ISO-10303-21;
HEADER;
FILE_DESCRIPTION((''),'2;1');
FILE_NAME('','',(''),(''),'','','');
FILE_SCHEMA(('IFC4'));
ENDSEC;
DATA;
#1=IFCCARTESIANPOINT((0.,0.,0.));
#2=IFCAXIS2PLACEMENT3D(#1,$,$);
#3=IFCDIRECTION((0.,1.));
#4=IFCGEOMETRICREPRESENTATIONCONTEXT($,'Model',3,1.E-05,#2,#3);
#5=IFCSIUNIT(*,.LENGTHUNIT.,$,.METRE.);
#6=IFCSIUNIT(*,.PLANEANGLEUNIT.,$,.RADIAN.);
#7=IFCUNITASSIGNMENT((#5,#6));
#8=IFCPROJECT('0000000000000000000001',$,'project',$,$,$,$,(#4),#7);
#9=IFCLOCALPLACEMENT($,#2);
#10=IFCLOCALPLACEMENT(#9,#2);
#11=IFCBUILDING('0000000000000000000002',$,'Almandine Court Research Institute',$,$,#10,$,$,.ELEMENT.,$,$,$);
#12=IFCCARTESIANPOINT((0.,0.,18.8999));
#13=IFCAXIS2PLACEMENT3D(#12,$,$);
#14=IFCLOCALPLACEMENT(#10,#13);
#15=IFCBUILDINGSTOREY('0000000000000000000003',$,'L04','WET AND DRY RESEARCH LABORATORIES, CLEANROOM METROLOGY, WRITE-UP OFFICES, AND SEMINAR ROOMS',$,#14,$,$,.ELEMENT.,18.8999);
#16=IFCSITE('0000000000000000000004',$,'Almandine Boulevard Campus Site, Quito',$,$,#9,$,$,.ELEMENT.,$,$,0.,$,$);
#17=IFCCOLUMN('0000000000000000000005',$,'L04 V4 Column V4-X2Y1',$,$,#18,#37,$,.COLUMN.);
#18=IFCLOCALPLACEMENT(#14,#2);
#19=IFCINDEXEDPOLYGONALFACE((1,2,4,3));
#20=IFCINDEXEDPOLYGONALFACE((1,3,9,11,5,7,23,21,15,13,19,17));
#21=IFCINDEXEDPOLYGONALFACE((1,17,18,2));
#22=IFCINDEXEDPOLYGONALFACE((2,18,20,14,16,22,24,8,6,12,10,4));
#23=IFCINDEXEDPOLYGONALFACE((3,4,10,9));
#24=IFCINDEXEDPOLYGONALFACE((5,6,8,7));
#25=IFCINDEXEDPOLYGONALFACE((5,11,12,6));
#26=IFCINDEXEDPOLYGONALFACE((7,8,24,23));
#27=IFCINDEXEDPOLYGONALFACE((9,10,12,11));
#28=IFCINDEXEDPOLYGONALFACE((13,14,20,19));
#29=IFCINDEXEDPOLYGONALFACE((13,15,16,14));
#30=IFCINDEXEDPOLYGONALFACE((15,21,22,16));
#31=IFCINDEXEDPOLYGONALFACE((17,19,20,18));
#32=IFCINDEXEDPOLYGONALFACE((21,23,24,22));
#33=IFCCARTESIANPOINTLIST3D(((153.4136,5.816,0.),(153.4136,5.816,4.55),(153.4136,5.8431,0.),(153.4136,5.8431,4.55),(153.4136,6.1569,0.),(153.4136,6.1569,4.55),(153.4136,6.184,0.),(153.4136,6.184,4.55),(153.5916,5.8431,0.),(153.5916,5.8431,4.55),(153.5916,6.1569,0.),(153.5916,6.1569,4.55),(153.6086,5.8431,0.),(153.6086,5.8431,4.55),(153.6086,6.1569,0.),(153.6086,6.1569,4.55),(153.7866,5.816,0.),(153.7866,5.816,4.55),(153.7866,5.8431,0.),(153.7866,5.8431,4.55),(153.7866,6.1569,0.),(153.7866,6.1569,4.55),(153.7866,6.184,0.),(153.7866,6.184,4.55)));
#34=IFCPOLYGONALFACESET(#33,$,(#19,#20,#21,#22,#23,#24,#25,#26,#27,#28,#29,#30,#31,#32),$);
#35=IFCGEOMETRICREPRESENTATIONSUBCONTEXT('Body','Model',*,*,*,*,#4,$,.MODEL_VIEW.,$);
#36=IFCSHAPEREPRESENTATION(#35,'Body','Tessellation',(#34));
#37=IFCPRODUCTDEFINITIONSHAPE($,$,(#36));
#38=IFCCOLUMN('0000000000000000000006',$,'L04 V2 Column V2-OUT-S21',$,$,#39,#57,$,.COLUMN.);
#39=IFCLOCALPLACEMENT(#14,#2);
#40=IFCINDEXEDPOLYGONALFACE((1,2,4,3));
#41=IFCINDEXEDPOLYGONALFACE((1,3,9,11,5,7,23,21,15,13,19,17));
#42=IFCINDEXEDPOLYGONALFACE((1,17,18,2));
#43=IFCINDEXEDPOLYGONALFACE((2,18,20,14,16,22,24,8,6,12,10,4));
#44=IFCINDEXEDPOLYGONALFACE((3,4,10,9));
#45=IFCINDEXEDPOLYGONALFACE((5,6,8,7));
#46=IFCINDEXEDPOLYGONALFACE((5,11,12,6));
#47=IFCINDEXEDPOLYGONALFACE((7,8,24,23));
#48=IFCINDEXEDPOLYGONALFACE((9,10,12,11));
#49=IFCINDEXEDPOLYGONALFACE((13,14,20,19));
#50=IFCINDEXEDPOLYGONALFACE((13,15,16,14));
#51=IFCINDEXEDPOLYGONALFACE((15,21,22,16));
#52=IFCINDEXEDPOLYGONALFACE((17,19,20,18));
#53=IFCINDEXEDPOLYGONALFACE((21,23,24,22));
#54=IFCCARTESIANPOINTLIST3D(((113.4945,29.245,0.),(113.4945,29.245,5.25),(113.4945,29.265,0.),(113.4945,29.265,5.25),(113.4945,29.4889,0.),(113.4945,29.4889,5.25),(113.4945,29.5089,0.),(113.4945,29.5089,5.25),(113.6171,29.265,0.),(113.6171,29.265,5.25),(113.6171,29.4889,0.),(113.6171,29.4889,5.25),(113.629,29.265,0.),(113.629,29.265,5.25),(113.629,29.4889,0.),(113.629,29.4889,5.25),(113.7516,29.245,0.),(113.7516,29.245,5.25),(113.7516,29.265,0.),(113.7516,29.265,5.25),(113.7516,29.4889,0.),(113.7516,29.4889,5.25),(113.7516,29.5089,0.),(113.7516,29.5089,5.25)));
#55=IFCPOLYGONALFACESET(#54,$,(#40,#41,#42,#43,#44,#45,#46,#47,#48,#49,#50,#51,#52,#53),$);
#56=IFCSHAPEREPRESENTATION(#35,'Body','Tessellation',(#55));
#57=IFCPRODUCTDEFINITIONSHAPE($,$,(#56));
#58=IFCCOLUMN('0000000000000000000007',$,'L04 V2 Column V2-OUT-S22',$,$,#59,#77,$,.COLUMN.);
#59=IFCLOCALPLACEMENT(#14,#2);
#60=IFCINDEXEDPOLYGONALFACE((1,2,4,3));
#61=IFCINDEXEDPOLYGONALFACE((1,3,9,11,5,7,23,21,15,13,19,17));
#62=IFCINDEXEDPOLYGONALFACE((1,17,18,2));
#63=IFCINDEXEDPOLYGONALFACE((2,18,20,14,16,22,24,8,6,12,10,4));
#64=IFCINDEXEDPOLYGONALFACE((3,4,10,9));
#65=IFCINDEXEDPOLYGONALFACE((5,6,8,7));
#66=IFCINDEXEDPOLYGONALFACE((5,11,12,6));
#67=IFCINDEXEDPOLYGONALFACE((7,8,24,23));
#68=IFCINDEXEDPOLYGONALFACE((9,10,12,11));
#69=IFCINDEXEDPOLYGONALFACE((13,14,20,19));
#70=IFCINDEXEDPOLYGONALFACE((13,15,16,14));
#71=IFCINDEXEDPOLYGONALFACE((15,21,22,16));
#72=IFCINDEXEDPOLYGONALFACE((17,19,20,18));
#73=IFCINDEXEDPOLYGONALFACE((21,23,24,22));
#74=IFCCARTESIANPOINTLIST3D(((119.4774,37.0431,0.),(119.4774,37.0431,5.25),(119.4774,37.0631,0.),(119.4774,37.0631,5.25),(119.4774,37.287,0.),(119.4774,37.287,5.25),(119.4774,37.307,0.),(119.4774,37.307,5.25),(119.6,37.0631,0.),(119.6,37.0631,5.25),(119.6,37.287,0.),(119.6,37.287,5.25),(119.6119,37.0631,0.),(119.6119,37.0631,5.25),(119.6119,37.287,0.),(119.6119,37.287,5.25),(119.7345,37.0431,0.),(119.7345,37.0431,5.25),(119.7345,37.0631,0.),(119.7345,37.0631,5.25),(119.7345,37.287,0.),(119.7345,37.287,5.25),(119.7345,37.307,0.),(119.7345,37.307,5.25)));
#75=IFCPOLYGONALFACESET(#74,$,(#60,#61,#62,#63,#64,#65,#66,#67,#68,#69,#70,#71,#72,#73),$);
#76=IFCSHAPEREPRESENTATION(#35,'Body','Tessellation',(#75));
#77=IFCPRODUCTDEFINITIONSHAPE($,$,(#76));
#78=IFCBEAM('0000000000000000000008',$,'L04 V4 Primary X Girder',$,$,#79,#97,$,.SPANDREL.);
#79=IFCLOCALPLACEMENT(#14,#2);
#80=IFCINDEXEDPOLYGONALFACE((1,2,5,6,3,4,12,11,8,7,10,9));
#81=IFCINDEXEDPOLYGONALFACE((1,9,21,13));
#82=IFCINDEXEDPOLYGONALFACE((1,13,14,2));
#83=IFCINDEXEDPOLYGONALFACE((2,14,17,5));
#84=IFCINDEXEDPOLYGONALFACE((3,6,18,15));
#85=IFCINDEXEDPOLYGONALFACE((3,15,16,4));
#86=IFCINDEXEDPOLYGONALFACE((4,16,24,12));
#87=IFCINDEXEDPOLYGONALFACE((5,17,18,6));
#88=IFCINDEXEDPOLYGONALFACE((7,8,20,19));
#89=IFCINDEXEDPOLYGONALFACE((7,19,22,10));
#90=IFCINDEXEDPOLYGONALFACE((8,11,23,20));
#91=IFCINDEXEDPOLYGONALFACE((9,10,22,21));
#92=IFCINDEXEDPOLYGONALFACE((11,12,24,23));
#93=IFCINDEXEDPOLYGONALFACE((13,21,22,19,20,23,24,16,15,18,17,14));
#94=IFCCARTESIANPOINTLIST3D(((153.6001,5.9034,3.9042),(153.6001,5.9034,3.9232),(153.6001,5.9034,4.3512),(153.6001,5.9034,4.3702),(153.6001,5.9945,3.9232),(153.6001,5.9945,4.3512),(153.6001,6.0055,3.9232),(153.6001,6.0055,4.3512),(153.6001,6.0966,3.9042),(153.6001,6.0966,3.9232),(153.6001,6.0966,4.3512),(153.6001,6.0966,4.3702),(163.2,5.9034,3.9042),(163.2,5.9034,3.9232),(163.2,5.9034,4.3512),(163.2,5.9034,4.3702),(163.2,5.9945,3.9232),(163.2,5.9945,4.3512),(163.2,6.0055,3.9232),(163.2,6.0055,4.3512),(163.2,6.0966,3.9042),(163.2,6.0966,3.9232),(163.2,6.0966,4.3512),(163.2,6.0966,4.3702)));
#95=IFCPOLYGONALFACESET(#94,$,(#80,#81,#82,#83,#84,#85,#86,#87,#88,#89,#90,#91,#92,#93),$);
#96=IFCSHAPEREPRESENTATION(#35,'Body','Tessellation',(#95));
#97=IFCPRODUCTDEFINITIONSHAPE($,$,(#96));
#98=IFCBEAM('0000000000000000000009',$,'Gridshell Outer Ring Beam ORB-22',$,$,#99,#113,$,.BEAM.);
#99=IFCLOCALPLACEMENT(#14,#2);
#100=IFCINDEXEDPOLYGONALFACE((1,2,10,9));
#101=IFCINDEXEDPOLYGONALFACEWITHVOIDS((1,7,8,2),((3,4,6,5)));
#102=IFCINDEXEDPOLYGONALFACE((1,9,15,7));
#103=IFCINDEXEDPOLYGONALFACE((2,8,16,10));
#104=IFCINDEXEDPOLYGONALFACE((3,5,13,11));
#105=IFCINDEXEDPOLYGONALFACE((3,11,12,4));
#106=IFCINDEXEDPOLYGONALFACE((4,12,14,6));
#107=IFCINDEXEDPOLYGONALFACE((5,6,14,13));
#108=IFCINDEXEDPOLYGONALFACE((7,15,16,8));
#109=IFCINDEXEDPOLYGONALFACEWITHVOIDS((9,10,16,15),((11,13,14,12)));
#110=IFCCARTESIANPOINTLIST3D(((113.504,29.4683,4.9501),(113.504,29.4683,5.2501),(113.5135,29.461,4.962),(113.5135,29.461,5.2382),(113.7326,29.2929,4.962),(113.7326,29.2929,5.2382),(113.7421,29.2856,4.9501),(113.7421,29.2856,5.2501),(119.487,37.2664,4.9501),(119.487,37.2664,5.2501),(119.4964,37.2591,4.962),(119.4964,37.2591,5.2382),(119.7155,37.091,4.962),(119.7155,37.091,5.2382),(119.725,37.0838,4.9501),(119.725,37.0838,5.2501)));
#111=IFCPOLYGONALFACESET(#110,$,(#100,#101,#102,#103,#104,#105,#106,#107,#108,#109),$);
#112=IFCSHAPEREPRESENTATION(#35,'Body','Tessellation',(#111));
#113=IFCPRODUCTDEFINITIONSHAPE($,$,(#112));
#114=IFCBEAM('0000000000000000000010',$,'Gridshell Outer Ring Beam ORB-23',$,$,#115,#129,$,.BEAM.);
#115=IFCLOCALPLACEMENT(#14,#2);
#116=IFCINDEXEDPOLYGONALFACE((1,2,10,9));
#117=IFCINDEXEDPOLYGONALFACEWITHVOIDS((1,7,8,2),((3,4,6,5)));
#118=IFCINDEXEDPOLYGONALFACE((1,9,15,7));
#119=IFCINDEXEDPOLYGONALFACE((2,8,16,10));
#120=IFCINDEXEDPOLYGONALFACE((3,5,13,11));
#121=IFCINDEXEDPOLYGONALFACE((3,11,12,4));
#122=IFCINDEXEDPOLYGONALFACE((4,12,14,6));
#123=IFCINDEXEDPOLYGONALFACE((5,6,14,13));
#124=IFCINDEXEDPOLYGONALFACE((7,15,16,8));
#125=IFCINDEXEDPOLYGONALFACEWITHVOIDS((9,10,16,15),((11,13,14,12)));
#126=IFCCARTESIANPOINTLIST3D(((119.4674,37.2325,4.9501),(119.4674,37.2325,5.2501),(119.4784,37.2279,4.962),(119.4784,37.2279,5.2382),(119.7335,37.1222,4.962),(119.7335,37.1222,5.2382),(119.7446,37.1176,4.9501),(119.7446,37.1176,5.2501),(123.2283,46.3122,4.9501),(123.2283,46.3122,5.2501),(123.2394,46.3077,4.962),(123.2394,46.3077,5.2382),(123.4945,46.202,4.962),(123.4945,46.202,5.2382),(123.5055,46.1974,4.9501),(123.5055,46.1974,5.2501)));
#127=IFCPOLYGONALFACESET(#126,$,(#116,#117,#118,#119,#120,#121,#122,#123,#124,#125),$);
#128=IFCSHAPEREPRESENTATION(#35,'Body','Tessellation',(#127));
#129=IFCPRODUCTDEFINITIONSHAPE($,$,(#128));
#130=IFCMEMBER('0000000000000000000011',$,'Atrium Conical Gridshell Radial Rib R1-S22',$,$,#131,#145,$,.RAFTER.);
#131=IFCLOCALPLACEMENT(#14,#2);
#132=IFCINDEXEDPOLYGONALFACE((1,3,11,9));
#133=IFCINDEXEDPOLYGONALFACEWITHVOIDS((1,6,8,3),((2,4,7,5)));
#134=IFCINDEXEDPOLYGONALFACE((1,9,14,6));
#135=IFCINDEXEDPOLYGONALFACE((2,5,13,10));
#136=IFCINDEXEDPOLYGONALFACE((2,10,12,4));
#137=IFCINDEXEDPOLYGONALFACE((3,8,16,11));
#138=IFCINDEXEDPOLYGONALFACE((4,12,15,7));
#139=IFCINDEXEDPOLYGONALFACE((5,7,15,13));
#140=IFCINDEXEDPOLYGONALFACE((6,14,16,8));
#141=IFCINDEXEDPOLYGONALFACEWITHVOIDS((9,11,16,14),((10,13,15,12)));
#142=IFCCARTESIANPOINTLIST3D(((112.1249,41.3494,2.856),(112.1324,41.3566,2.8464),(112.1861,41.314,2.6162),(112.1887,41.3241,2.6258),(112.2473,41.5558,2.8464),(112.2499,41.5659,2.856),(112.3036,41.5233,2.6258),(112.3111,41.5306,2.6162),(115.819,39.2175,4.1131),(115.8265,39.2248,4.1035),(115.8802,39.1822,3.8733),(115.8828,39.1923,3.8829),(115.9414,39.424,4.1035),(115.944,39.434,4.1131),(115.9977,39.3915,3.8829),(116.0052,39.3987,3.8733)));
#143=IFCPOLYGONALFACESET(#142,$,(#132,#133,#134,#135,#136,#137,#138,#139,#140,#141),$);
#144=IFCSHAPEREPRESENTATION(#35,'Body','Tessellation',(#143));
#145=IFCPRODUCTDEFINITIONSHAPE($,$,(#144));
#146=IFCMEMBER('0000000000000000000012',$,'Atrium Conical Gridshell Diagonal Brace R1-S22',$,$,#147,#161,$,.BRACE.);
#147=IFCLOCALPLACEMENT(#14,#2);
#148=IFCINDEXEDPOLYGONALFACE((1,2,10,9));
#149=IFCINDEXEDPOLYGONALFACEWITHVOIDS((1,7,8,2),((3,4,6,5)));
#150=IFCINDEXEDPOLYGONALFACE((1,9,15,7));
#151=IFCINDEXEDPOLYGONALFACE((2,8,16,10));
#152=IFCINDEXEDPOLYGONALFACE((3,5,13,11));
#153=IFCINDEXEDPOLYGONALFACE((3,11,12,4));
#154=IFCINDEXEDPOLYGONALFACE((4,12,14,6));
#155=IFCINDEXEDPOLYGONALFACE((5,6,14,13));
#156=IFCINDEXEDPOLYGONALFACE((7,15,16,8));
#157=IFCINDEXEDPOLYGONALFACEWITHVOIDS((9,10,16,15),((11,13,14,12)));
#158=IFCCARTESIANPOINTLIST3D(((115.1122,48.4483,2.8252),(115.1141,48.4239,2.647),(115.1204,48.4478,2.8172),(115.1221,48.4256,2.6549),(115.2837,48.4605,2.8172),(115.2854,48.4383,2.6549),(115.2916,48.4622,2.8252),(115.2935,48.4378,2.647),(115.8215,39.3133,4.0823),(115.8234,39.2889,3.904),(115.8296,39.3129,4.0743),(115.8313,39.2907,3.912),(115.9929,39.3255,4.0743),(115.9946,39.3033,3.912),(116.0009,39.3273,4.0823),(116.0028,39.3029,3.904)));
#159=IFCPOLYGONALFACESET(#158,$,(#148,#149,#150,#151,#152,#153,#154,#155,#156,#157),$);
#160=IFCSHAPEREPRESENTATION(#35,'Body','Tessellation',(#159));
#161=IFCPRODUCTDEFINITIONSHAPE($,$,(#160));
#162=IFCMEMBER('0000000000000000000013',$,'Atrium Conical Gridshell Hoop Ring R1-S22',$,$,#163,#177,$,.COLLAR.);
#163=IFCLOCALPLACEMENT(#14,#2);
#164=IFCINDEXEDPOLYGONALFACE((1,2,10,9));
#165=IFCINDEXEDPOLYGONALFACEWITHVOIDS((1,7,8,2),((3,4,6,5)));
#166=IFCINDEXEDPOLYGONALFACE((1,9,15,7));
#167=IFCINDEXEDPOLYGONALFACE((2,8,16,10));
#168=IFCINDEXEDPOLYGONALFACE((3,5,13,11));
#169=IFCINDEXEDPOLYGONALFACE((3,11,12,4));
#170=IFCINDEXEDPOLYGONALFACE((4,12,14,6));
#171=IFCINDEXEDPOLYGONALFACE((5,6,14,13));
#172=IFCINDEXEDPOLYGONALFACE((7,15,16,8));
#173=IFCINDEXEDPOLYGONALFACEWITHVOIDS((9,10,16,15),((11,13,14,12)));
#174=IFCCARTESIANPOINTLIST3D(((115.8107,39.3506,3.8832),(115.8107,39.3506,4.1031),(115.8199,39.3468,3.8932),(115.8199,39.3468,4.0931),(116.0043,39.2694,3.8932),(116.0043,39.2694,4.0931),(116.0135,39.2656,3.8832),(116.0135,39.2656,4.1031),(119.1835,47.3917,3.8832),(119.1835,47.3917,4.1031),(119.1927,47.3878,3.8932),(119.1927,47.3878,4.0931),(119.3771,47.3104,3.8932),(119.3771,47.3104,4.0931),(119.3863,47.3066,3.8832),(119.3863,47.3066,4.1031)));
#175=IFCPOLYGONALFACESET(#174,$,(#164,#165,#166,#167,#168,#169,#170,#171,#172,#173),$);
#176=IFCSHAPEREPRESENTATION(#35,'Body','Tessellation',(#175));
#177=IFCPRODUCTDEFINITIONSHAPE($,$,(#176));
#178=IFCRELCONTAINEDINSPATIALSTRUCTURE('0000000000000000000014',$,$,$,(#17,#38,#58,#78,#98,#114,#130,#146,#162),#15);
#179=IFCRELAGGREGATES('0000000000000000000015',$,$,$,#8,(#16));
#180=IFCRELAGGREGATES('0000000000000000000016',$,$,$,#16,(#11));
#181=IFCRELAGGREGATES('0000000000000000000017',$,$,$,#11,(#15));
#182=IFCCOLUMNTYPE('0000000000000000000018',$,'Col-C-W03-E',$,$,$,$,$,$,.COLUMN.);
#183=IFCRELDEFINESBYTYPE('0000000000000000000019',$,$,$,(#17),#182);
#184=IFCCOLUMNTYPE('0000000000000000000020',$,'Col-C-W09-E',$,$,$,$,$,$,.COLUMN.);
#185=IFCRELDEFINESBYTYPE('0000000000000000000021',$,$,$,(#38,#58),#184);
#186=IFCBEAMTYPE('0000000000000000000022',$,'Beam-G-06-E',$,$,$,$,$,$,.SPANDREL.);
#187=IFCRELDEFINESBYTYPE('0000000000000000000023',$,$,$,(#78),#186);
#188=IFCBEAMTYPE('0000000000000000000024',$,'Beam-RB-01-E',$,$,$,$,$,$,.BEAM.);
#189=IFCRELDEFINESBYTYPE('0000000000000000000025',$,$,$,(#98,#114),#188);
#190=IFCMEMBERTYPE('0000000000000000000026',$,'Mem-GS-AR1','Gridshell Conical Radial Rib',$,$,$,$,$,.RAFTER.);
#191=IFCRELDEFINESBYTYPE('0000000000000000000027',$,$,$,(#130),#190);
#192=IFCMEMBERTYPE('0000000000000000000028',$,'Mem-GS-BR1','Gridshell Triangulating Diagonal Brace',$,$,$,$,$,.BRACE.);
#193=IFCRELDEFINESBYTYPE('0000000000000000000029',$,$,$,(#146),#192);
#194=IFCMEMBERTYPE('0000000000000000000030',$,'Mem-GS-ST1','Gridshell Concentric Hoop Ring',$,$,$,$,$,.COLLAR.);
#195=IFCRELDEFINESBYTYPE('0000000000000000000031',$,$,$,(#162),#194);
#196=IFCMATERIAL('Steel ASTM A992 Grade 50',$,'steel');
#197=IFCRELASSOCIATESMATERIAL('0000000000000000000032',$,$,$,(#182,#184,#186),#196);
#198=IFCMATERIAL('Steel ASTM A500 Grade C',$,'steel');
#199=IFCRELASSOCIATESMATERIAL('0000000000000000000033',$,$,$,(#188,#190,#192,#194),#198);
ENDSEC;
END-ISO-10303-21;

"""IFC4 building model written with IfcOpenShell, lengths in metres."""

from ifc_helpers import new_model, si_unit, direction, frame, origin, origin_2d, place, context, subcontext, project, spatial, hollow_rectangle, i_section, extrude, material, material_profile, profile_set, type_object, element, save


model = new_model("IFC4")

# Units and contexts
model_context = context("Model", 3, precision=1e-05, world=origin(), true_north=direction((0.0, 1.0)))
body_context = subcontext(model_context, "Body", "Model", "MODEL_VIEW")
ifc_project = project(units=[si_unit("LENGTHUNIT", "METRE"), si_unit("PLANEANGLEUNIT", "RADIAN")], contexts=[model_context])

# Site, building, storey
site_placement = place(None, origin())
site = spatial("IfcSite", under=ifc_project, at=site_placement, Name="Almandine Boulevard Campus Site, Quito", CompositionType="ELEMENT", RefElevation=0.0)
building_placement = place(site_placement, origin())
building = spatial("IfcBuilding", under=site, at=building_placement, Name="Almandine Court Research Institute", CompositionType="ELEMENT")
storey_placement = place(building_placement, frame((0.0, 0.0, 18.8999)))
storey = spatial("IfcBuildingStorey", under=building, at=storey_placement, Name="L04", Description="WET AND DRY RESEARCH LABORATORIES, CLEANROOM METROLOGY, WRITE-UP OFFICES, AND SEMINAR ROOMS", CompositionType="ELEMENT", Elevation=18.8999)

# Columns
ifc_material_1 = material(Name="Steel ASTM A992 Grade 50", Category="steel")
ifc_material_profile_1 = material_profile(ifc_material_1, i_section(OverallWidth=0.373, OverallDepth=0.3679, WebThickness=0.0171, FlangeThickness=0.0271, at=origin_2d()), Name="W360x179")
ifc_profile_set_1 = profile_set([ifc_material_profile_1], Name="Steel ASTM A992 Grade 50")
column_type_1 = type_object("IfcColumnType", Name="Col-C-W03-E", PredefinedType="COLUMN", material=ifc_profile_set_1)
column_placement = place(storey_placement, frame((153.6001, 6.0, 0.0), z_axis=(0.0, 0.0, 1.0), x_axis=(1.0, 0.0, 0.0)))
element("IfcColumn", 1, at=column_placement, inside=storey, type_object=column_type_1, Name="L04 V4 Column V4-X2Y1", PredefinedType="COLUMN", context=body_context, shape_type="SweptSolid", body=[
    extrude(i_section(OverallWidth=0.373, OverallDepth=0.3679, WebThickness=0.0171, FlangeThickness=0.0271, at=origin_2d()), origin(), (0.0, 0.0, 1.0), 4.55),
])
ifc_material_profile_2 = material_profile(ifc_material_1, i_section(OverallWidth=0.2571, OverallDepth=0.2639, WebThickness=0.012, FlangeThickness=0.02, at=origin_2d()), Name="W250x101")
ifc_profile_set_2 = profile_set([ifc_material_profile_2], Name="Steel ASTM A992 Grade 50")
column_type_2 = type_object("IfcColumnType", Name="Col-C-W09-E", PredefinedType="COLUMN", material=ifc_profile_set_2)
for number, where, z_axis, x_axis, name in (
    (2, (113.623, 29.377, 0.0), (0.0, 0.0, 1.0), (1.0, 0.0, 0.0), "L04 V2 Column V2-OUT-S21"),
    (3, (119.606, 37.175, 0.0), (0.0, 0.0, 1.0), (1.0, 0.0, 0.0), "L04 V2 Column V2-OUT-S22"),
):
    element("IfcColumn", number, at=place(storey_placement, frame(where, z_axis=z_axis, x_axis=x_axis)), inside=storey, type_object=column_type_2, Name=name, PredefinedType="COLUMN", context=body_context, shape_type="SweptSolid", body=[
        extrude(i_section(OverallWidth=0.2571, OverallDepth=0.2639, WebThickness=0.012, FlangeThickness=0.02, at=origin_2d()), origin(), (0.0, 0.0, 1.0), 5.25),
    ])

# Beams
ifc_material_profile_3 = material_profile(ifc_material_1, i_section(OverallWidth=0.1931, OverallDepth=0.4661, WebThickness=0.011, FlangeThickness=0.019, at=origin_2d()), Name="W460x97")
ifc_profile_set_3 = profile_set([ifc_material_profile_3], Name="Steel ASTM A992 Grade 50")
beam_type_1 = type_object("IfcBeamType", Name="Beam-G-06-E", PredefinedType="SPANDREL", material=ifc_profile_set_3)
beam_1_placement = place(storey_placement, frame((153.6001, 6.0, 4.1372), z_axis=(1.0, 0.0, 0.0), x_axis=(0.0, 1.0, 0.0)))
element("IfcBeam", 4, at=beam_1_placement, inside=storey, type_object=beam_type_1, Name="L04 V4 Primary X Girder", PredefinedType="SPANDREL", context=body_context, shape_type="SweptSolid", body=[
    extrude(i_section(OverallWidth=0.1931, OverallDepth=0.4661, WebThickness=0.011, FlangeThickness=0.019, at=origin_2d()), origin(), (0.0, 0.0, 1.0), 9.5999),
])
ifc_material_2 = material(Name="Steel ASTM A500 Grade C", Category="steel")
ifc_material_profile_4 = material_profile(ifc_material_2, hollow_rectangle(XDim=0.3, YDim=0.3, WallThickness=0.012, at=origin_2d()), Name="HSS 300x300x12")
ifc_profile_set_4 = profile_set([ifc_material_profile_4], Name="Steel ASTM A500 Grade C")
beam_type_2 = type_object("IfcBeamType", Name="Beam-RB-01-E", PredefinedType="BEAM", material=ifc_profile_set_4)
beam_2_placement = place(storey_placement, frame((113.623, 29.377, 5.1001), z_axis=(0.608712, 0.793392, 0.0), x_axis=(-0.793392, 0.608712, 0.0)))
element("IfcBeam", 5, at=beam_2_placement, inside=storey, type_object=beam_type_2, Name="Gridshell Outer Ring Beam ORB-22", PredefinedType="BEAM", context=body_context, shape_type="SweptSolid", body=[
    extrude(hollow_rectangle(XDim=0.3, YDim=0.3, WallThickness=0.012, at=origin_2d()), origin(), (0.0, 0.0, 1.0), 9.8289),
])
beam_3_placement = place(storey_placement, frame((119.606, 37.175, 5.1001), z_axis=(0.382683, 0.92388, 0.0), x_axis=(-0.92388, 0.382683, 0.0)))
element("IfcBeam", 6, at=beam_3_placement, inside=storey, type_object=beam_type_2, Name="Gridshell Outer Ring Beam ORB-23", PredefinedType="BEAM", context=body_context, shape_type="SweptSolid", body=[
    extrude(hollow_rectangle(XDim=0.3, YDim=0.3, WallThickness=0.012, at=origin_2d()), origin(), (0.0, 0.0, 1.0), 9.8279),
])

# Members
ifc_material_profile_5 = material_profile(ifc_material_2, hollow_rectangle(XDim=0.25, YDim=0.25, WallThickness=0.01, at=origin_2d()), Name="HSS 250x250x10")
ifc_profile_set_5 = profile_set([ifc_material_profile_5], Name="Steel ASTM A500 Grade C")
member_type_1 = type_object("IfcMemberType", Name="Mem-GS-AR1", Description="Gridshell Conical Radial Rib", PredefinedType="RAFTER", material=ifc_profile_set_5)
member_1_placement = place(storey_placement, frame((115.9121, 39.3081, 3.9932), z_axis=(-0.830788, 0.479442, -0.282713), x_axis=(-0.499833, -0.866122, 0.0)))
element("IfcMember", 7, at=member_1_placement, inside=storey, type_object=member_type_1, Name="Atrium Conical Gridshell Radial Rib R1-S22", PredefinedType="RAFTER", context=body_context, shape_type="SweptSolid", body=[
    extrude(hollow_rectangle(XDim=0.25, YDim=0.25, WallThickness=0.01, at=origin_2d()), origin(), (0.0, 0.0, 1.0), 4.4465),
])
ifc_material_profile_6 = material_profile(ifc_material_2, hollow_rectangle(XDim=0.1799, YDim=0.1799, WallThickness=0.0081, at=origin_2d()), Name="HSS 180x180x8")
ifc_profile_set_6 = profile_set([ifc_material_profile_6], Name="Steel ASTM A500 Grade C")
member_type_2 = type_object("IfcMemberType", Name="Mem-GS-BR1", Description="Gridshell Triangulating Diagonal Brace", PredefinedType="BRACE", material=ifc_profile_set_6)
member_2_placement = place(storey_placement, frame((115.9121, 39.3081, 3.9932), z_axis=(-0.076687, 0.987747, -0.135925), x_axis=(-0.997, -0.077406, 0.0)))
element("IfcMember", 8, at=member_2_placement, inside=storey, type_object=member_type_2, Name="Atrium Conical Gridshell Diagonal Brace R1-S22", PredefinedType="BRACE", context=body_context, shape_type="SweptSolid", body=[
    extrude(hollow_rectangle(XDim=0.1799, YDim=0.1799, WallThickness=0.0081, at=origin_2d()), origin(), (0.0, 0.0, 1.0), 9.2483),
])
ifc_material_profile_7 = material_profile(ifc_material_2, hollow_rectangle(XDim=0.22, YDim=0.22, WallThickness=0.01, at=origin_2d()), Name="HSS 220x220x10")
ifc_profile_set_7 = profile_set([ifc_material_profile_7], Name="Steel ASTM A500 Grade C")
member_type_3 = type_object("IfcMemberType", Name="Mem-GS-ST1", Description="Gridshell Concentric Hoop Ring", PredefinedType="COLLAR", material=ifc_profile_set_7)
member_3_placement = place(storey_placement, frame((115.9121, 39.3081, 3.9932), z_axis=(0.386801, 0.922163, 0.0), x_axis=(-0.922163, 0.386801, 0.0)))
element("IfcMember", 9, at=member_3_placement, inside=storey, type_object=member_type_3, Name="Atrium Conical Gridshell Hoop Ring R1-S22", PredefinedType="COLLAR", context=body_context, shape_type="SweptSolid", body=[
    extrude(hollow_rectangle(XDim=0.22, YDim=0.22, WallThickness=0.01, at=origin_2d()), origin(), (0.0, 0.0, 1.0), 8.7197),
])

save(model, "model.ifc")
